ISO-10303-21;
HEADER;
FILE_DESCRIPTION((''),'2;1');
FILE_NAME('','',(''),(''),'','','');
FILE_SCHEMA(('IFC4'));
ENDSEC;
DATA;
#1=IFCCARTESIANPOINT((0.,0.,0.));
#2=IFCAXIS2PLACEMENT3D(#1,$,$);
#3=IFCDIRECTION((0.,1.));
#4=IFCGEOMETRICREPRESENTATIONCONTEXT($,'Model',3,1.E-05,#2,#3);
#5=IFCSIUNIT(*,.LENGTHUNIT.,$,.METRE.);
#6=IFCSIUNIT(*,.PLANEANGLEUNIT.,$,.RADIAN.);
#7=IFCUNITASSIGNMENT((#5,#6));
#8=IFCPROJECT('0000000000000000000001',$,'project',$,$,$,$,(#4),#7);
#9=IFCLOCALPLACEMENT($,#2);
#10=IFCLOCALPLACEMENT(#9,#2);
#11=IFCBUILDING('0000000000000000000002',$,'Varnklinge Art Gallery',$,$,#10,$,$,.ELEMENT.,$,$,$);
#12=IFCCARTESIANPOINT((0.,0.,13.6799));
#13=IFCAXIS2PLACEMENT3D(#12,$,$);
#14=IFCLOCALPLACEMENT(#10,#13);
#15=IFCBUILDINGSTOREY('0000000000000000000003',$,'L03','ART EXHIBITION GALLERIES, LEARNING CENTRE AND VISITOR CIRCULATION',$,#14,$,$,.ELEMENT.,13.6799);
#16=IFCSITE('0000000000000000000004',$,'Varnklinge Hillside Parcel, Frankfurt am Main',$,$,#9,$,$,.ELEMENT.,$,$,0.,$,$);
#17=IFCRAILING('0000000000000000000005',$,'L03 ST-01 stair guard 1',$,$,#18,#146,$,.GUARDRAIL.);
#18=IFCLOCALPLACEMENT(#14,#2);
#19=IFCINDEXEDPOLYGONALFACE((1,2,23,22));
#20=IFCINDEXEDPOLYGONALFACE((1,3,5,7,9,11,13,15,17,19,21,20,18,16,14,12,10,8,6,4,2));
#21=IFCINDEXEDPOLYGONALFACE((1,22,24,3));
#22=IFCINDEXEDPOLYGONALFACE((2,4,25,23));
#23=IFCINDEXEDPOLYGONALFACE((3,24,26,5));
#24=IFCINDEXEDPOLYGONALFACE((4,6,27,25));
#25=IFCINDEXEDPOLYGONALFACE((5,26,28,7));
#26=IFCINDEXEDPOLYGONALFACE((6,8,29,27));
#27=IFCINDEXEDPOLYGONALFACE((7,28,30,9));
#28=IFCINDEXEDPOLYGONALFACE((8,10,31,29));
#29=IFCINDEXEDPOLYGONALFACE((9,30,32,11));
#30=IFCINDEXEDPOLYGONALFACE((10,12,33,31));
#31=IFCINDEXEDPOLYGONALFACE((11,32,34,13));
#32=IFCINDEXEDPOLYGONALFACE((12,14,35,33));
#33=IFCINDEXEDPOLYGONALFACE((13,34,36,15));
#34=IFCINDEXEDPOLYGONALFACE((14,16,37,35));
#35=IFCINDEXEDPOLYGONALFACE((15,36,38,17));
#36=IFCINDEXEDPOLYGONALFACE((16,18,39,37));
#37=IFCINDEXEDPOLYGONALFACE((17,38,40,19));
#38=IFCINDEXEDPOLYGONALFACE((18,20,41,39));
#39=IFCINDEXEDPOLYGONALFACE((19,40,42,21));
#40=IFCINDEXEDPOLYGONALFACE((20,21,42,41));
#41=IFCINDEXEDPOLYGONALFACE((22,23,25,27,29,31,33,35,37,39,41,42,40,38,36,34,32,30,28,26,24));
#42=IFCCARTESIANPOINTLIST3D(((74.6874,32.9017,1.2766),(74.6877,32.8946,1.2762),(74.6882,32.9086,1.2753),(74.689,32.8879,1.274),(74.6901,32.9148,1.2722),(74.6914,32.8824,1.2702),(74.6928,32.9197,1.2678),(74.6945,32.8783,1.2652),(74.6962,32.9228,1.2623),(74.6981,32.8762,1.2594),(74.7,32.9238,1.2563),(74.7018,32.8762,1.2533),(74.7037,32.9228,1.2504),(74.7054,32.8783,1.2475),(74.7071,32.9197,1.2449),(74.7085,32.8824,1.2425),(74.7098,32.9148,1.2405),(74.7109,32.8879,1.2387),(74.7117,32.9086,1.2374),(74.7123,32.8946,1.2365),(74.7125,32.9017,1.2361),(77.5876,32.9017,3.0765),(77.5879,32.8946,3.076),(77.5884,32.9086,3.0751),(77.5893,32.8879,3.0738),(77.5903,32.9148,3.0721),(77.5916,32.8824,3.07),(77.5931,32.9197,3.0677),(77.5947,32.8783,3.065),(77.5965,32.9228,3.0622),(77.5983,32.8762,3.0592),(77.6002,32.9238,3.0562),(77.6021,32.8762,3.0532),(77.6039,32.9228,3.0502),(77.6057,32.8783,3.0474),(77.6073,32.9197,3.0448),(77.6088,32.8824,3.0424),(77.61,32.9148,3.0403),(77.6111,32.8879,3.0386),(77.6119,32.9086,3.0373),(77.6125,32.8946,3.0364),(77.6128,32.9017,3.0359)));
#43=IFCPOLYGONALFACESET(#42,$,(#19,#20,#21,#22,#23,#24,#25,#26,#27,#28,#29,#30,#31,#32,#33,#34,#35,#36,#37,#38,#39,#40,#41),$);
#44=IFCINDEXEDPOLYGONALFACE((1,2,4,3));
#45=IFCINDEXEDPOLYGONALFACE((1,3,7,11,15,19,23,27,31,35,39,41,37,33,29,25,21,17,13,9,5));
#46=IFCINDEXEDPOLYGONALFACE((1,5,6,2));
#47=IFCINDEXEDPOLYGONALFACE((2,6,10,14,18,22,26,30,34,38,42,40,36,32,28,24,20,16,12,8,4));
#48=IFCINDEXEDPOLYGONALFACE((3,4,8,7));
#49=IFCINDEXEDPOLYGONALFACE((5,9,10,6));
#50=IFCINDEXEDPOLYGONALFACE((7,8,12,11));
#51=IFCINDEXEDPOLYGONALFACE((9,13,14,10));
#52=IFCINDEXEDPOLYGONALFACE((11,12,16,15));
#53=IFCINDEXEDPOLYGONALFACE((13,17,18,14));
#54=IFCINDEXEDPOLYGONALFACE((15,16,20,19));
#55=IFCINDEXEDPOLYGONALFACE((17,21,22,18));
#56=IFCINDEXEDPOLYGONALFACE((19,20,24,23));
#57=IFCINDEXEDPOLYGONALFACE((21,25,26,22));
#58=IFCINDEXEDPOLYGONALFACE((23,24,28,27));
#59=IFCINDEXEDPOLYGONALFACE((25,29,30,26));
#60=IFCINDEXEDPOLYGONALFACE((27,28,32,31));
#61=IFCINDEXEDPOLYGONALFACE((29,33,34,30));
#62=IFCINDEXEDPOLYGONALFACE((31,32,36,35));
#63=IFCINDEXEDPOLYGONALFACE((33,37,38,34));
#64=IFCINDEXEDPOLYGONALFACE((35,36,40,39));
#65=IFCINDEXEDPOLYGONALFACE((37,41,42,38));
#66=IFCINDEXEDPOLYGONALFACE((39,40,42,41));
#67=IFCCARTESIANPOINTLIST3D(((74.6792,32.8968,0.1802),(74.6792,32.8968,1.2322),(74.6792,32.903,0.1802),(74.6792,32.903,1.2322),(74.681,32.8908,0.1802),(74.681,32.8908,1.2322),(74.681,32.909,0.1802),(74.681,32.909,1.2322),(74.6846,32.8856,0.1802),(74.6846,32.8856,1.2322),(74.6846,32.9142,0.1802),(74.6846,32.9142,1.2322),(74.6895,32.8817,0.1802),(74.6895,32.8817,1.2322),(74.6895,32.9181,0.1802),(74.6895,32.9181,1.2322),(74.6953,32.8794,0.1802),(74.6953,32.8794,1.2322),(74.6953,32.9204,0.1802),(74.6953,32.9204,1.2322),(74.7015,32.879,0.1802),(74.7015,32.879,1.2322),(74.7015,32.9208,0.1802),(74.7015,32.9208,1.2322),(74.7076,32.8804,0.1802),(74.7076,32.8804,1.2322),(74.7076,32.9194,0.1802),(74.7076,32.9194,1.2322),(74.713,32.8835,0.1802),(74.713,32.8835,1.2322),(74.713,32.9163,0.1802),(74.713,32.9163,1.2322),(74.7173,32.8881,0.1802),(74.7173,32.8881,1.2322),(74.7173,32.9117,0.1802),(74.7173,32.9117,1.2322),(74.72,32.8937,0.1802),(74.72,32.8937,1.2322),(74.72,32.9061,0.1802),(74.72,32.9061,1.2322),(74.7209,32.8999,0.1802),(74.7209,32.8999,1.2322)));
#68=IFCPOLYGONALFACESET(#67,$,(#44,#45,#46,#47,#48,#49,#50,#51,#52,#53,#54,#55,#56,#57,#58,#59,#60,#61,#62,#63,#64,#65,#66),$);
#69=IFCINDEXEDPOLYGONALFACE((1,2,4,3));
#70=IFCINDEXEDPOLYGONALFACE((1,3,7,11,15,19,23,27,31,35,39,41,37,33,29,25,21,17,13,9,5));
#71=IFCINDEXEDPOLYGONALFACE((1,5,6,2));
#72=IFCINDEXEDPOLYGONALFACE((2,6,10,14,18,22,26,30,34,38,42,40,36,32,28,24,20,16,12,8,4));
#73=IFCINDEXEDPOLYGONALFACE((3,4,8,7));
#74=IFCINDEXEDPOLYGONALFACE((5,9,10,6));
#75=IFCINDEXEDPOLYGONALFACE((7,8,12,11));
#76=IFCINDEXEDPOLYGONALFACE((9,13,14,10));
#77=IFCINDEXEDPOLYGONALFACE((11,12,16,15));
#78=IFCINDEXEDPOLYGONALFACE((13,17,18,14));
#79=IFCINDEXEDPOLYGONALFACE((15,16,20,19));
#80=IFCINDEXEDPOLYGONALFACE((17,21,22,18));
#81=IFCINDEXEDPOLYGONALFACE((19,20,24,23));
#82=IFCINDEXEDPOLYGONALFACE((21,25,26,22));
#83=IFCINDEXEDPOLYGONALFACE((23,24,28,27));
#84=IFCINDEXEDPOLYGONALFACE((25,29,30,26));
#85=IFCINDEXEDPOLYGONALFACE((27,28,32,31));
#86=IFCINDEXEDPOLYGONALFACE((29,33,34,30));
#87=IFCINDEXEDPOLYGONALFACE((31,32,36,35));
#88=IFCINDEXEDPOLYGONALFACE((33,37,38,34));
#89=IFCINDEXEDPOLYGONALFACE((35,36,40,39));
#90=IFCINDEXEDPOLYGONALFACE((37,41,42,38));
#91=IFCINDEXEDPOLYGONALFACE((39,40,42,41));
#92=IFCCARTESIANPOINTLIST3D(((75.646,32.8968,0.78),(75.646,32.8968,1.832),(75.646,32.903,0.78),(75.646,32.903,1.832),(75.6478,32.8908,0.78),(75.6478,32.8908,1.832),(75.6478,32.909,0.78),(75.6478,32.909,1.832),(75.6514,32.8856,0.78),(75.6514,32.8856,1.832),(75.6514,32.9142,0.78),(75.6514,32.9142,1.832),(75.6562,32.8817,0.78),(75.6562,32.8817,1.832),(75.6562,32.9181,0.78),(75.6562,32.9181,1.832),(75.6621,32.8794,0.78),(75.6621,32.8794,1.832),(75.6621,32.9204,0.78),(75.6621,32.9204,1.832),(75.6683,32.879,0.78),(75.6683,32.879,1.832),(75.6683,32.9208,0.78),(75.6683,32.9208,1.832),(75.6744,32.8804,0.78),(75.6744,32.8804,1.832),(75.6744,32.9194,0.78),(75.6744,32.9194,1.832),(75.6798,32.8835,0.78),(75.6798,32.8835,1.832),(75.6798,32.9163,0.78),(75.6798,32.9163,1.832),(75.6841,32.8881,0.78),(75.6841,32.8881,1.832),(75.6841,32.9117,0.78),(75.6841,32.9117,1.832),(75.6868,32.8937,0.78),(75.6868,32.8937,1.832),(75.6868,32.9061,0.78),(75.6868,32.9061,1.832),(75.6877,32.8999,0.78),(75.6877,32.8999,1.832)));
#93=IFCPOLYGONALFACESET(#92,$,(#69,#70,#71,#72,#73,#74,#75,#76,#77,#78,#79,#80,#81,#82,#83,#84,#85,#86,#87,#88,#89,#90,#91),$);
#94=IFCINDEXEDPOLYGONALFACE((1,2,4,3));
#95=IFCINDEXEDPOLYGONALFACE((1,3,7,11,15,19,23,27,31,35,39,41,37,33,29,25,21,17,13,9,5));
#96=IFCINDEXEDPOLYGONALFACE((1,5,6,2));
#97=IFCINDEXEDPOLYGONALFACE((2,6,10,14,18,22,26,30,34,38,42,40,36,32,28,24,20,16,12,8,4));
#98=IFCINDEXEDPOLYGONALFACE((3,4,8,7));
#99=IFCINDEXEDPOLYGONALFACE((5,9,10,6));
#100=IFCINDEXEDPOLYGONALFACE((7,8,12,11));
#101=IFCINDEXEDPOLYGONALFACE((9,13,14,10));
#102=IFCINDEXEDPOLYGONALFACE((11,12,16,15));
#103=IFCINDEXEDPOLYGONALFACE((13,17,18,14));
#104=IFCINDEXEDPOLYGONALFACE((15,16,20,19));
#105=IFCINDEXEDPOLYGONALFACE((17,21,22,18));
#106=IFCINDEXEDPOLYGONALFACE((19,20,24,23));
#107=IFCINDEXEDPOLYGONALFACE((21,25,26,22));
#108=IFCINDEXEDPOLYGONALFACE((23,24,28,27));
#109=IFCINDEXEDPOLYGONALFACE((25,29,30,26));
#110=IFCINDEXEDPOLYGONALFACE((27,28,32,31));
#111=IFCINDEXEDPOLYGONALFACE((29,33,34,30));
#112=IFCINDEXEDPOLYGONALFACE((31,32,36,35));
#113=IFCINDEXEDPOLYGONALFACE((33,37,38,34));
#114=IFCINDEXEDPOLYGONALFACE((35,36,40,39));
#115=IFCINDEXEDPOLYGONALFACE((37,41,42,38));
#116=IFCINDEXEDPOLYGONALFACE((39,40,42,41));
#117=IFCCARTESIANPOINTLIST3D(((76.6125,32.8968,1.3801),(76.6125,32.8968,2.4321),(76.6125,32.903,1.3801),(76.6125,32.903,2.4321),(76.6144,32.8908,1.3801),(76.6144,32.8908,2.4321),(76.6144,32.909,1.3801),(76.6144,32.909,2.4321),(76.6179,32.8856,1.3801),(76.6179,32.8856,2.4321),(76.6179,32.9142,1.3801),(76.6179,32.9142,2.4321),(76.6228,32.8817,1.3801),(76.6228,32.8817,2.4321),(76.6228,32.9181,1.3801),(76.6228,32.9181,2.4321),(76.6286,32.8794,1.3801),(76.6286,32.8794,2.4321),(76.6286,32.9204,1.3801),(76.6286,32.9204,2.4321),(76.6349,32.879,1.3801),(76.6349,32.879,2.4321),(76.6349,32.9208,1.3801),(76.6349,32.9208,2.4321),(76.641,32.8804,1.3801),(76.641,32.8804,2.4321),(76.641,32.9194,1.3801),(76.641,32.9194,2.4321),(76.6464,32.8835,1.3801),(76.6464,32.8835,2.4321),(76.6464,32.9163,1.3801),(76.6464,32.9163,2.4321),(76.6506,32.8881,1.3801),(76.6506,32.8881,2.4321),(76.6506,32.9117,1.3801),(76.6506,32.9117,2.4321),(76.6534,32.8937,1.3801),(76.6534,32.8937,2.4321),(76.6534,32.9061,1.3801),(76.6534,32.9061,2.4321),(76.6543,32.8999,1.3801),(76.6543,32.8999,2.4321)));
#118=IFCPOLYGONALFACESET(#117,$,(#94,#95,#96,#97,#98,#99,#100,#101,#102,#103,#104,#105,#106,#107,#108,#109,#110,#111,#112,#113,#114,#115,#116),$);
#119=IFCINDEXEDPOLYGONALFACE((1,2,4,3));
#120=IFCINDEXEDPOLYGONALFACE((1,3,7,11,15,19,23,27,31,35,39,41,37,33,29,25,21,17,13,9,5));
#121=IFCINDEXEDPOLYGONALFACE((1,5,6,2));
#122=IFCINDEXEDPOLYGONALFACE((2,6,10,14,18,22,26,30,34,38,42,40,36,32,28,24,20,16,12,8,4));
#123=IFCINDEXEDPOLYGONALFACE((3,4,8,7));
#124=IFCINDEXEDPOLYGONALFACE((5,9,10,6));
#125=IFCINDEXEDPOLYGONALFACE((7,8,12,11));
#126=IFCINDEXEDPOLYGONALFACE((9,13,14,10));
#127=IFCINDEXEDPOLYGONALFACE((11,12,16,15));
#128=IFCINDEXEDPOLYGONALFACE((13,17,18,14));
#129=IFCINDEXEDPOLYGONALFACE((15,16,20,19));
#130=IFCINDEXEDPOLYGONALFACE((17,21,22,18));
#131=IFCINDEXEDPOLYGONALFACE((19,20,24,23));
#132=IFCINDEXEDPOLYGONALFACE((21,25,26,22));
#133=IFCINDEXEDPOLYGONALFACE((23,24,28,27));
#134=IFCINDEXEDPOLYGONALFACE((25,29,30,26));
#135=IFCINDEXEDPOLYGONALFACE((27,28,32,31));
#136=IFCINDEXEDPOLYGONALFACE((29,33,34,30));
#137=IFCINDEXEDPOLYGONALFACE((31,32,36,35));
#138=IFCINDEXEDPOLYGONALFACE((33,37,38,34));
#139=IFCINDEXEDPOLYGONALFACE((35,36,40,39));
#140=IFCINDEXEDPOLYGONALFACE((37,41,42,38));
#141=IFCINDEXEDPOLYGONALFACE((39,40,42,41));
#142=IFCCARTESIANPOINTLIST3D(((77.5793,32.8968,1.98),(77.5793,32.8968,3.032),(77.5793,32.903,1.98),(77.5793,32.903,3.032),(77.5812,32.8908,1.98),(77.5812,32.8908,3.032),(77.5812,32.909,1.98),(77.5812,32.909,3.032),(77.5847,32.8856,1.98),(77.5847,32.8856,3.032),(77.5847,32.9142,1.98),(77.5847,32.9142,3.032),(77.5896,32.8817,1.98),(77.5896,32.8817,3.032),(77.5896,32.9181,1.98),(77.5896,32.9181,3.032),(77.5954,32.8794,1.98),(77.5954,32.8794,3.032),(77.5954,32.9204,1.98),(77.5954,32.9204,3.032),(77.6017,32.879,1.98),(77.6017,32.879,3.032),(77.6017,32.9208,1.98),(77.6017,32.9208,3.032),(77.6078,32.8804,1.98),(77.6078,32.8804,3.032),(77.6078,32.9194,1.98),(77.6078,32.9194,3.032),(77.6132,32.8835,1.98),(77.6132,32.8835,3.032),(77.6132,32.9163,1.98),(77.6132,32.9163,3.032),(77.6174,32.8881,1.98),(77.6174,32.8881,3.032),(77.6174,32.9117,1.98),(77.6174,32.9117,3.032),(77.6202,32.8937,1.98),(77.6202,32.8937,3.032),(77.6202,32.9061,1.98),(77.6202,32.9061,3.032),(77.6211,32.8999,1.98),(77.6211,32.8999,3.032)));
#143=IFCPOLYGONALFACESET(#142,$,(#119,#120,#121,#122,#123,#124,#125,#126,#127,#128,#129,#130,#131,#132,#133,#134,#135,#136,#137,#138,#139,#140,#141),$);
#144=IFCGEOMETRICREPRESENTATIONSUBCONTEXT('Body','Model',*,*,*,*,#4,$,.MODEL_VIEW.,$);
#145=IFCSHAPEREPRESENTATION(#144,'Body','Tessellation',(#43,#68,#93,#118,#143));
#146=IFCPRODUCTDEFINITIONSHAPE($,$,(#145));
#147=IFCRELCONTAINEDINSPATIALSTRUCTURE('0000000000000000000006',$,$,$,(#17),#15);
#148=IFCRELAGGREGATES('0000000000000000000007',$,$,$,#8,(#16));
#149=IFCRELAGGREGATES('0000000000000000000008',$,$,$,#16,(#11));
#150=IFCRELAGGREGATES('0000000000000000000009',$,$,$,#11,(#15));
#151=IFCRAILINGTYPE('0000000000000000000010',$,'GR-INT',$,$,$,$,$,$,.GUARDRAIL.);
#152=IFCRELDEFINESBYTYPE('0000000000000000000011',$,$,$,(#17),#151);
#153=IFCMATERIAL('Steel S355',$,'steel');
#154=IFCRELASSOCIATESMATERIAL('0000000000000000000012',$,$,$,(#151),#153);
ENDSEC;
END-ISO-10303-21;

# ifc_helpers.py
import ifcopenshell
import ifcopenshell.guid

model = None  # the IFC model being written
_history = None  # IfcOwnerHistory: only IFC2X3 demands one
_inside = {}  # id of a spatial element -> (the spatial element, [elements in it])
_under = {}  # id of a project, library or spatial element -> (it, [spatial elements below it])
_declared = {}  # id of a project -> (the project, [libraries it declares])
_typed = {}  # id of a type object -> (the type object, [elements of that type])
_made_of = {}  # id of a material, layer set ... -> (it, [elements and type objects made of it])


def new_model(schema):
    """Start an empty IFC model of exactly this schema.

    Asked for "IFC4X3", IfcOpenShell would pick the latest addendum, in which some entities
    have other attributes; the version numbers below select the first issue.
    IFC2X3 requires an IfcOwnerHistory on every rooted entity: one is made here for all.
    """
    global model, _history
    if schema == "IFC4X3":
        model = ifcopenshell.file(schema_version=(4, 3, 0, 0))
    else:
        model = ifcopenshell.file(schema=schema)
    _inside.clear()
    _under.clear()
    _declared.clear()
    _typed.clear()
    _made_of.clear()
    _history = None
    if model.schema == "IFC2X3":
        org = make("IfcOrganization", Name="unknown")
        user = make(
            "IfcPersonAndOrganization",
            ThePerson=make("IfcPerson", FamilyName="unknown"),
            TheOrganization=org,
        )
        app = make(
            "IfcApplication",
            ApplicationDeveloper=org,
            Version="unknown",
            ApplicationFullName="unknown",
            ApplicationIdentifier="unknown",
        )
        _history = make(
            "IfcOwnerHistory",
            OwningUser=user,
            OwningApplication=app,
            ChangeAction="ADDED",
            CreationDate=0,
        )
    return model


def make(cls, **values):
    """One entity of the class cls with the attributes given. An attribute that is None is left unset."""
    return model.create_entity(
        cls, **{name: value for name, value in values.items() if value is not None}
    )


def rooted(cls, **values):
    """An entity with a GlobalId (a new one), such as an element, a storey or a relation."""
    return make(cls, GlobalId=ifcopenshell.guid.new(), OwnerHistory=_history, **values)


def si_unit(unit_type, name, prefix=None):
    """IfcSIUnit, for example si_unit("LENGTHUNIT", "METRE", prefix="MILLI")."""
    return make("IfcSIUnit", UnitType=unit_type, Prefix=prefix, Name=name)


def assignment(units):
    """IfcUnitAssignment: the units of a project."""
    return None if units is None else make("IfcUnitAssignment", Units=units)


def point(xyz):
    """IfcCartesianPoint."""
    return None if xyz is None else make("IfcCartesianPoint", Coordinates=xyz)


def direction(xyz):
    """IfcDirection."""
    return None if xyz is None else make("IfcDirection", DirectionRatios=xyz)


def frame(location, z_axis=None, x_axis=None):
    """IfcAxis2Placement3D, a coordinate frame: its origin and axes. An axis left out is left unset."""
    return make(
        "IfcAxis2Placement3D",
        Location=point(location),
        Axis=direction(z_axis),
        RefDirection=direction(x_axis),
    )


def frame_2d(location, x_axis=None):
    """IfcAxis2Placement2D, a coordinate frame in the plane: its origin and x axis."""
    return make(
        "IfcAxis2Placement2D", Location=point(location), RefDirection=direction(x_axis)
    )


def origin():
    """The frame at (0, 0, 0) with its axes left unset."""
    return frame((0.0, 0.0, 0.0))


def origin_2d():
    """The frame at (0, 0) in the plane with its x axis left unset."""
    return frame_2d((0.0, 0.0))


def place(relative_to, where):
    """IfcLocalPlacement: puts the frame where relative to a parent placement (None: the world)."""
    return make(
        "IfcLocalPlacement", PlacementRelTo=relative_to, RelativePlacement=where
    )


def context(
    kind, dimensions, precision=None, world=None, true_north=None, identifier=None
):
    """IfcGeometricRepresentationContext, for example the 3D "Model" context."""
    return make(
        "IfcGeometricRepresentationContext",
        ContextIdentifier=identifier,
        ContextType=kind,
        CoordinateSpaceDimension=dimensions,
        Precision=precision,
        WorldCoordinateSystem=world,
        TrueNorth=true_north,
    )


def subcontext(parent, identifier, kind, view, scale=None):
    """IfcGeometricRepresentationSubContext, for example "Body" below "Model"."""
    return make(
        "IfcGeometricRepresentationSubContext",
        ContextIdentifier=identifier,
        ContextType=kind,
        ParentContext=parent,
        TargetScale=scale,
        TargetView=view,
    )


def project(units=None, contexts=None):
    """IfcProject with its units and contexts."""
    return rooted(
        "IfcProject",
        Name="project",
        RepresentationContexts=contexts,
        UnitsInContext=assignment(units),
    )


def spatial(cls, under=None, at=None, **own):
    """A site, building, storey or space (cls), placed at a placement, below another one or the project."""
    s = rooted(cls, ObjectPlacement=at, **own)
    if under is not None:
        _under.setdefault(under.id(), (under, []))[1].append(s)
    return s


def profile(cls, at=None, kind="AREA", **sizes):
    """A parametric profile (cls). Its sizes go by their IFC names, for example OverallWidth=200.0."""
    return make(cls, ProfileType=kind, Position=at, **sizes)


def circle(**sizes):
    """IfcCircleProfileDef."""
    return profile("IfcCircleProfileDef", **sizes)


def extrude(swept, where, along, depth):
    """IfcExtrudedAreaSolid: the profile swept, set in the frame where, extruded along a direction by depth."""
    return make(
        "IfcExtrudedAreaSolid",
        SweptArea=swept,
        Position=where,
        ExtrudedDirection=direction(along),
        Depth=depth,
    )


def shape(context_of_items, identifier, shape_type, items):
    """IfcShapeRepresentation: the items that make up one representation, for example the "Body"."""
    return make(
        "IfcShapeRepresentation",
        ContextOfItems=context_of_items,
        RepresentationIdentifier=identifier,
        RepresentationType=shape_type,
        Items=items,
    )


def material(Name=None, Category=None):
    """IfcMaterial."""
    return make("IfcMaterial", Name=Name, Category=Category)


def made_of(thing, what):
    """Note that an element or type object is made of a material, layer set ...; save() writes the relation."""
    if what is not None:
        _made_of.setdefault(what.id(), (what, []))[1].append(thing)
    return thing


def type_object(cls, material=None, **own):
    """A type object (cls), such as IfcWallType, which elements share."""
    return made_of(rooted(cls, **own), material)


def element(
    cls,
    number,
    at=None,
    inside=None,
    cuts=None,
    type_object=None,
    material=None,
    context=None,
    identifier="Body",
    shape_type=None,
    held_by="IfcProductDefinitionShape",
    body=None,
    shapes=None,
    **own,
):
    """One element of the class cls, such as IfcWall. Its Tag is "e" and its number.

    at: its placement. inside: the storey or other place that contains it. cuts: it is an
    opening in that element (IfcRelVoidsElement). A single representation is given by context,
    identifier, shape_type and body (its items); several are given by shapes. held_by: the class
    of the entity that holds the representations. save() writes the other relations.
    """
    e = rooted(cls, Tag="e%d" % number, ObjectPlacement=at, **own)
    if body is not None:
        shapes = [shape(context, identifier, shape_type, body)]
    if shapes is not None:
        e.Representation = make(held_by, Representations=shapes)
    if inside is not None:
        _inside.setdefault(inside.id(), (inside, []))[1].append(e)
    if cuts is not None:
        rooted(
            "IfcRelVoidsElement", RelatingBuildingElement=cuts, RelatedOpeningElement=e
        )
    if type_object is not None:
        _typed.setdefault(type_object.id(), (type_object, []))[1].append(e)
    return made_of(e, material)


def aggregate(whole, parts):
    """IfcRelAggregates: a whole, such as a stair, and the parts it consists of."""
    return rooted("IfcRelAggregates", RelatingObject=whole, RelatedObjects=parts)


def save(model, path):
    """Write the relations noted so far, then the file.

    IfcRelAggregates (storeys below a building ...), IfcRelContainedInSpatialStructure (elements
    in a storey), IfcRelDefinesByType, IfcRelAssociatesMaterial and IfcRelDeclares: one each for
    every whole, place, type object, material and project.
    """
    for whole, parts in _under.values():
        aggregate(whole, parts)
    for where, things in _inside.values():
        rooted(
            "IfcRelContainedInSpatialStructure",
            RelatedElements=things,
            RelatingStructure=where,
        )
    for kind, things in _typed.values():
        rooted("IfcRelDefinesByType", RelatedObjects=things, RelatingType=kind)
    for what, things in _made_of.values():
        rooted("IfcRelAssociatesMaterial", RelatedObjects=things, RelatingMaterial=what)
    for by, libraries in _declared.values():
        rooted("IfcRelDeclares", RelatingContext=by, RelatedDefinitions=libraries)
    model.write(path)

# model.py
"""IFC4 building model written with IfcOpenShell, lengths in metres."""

from ifc_helpers import new_model, si_unit, direction, frame, origin, origin_2d, place, context, subcontext, project, spatial, circle, extrude, material, type_object, element, save


model = new_model("IFC4")

# Units and contexts
model_context = context("Model", 3, precision=1e-05, world=origin(), true_north=direction((0.0, 1.0)))
body_context = subcontext(model_context, "Body", "Model", "MODEL_VIEW")
ifc_project = project(units=[si_unit("LENGTHUNIT", "METRE"), si_unit("PLANEANGLEUNIT", "RADIAN")], contexts=[model_context])

# Site, building, storey
site_placement = place(None, origin())
site = spatial("IfcSite", under=ifc_project, at=site_placement, Name="Varnklinge Hillside Parcel, Frankfurt am Main", CompositionType="ELEMENT", RefElevation=0.0)
building_placement = place(site_placement, origin())
building = spatial("IfcBuilding", under=site, at=building_placement, Name="Varnklinge Art Gallery", CompositionType="ELEMENT")
storey_placement = place(building_placement, frame((0.0, 0.0, 13.6799)))
storey = spatial("IfcBuildingStorey", under=building, at=storey_placement, Name="L03", Description="ART EXHIBITION GALLERIES, LEARNING CENTRE AND VISITOR CIRCULATION", CompositionType="ELEMENT", Elevation=13.6799)

# Railing
ifc_material_1 = material(Name="Steel S355", Category="steel")
railing_type_1 = type_object("IfcRailingType", Name="GR-INT", PredefinedType="GUARDRAIL", material=ifc_material_1)
railing_1_placement = place(storey_placement, frame((74.7, 32.8999, 0.1802)))
element("IfcRailing", 1, at=railing_1_placement, inside=storey, type_object=railing_type_1, Name="L03 ST-01 stair guard 1", PredefinedType="GUARDRAIL", context=body_context, shape_type="SweptSolid", body=[
    extrude(circle(Radius=0.0239, at=origin_2d()), frame((0.0, 0.0, 1.0762), z_axis=(0.849678, 0.0, 0.527302), x_axis=(0.0, 1.0, 0.0)), (0.0, 0.0, 1.0), 3.4133),
    extrude(circle(Radius=0.021, at=origin_2d()), origin(), (0.0, 0.0, 1.0), 1.052),
    extrude(circle(Radius=0.021, at=origin_2d()), frame((0.9668, 0.0, 0.5999)), (0.0, 0.0, 1.0), 1.052),
    extrude(circle(Radius=0.021, at=origin_2d()), frame((1.9333, 0.0, 1.2)), (0.0, 0.0, 1.0), 1.052),
    extrude(circle(Radius=0.021, at=origin_2d()), frame((2.9001, 0.0, 1.7998)), (0.0, 0.0, 1.0), 1.052),
])

save(model, "model.ifc")
